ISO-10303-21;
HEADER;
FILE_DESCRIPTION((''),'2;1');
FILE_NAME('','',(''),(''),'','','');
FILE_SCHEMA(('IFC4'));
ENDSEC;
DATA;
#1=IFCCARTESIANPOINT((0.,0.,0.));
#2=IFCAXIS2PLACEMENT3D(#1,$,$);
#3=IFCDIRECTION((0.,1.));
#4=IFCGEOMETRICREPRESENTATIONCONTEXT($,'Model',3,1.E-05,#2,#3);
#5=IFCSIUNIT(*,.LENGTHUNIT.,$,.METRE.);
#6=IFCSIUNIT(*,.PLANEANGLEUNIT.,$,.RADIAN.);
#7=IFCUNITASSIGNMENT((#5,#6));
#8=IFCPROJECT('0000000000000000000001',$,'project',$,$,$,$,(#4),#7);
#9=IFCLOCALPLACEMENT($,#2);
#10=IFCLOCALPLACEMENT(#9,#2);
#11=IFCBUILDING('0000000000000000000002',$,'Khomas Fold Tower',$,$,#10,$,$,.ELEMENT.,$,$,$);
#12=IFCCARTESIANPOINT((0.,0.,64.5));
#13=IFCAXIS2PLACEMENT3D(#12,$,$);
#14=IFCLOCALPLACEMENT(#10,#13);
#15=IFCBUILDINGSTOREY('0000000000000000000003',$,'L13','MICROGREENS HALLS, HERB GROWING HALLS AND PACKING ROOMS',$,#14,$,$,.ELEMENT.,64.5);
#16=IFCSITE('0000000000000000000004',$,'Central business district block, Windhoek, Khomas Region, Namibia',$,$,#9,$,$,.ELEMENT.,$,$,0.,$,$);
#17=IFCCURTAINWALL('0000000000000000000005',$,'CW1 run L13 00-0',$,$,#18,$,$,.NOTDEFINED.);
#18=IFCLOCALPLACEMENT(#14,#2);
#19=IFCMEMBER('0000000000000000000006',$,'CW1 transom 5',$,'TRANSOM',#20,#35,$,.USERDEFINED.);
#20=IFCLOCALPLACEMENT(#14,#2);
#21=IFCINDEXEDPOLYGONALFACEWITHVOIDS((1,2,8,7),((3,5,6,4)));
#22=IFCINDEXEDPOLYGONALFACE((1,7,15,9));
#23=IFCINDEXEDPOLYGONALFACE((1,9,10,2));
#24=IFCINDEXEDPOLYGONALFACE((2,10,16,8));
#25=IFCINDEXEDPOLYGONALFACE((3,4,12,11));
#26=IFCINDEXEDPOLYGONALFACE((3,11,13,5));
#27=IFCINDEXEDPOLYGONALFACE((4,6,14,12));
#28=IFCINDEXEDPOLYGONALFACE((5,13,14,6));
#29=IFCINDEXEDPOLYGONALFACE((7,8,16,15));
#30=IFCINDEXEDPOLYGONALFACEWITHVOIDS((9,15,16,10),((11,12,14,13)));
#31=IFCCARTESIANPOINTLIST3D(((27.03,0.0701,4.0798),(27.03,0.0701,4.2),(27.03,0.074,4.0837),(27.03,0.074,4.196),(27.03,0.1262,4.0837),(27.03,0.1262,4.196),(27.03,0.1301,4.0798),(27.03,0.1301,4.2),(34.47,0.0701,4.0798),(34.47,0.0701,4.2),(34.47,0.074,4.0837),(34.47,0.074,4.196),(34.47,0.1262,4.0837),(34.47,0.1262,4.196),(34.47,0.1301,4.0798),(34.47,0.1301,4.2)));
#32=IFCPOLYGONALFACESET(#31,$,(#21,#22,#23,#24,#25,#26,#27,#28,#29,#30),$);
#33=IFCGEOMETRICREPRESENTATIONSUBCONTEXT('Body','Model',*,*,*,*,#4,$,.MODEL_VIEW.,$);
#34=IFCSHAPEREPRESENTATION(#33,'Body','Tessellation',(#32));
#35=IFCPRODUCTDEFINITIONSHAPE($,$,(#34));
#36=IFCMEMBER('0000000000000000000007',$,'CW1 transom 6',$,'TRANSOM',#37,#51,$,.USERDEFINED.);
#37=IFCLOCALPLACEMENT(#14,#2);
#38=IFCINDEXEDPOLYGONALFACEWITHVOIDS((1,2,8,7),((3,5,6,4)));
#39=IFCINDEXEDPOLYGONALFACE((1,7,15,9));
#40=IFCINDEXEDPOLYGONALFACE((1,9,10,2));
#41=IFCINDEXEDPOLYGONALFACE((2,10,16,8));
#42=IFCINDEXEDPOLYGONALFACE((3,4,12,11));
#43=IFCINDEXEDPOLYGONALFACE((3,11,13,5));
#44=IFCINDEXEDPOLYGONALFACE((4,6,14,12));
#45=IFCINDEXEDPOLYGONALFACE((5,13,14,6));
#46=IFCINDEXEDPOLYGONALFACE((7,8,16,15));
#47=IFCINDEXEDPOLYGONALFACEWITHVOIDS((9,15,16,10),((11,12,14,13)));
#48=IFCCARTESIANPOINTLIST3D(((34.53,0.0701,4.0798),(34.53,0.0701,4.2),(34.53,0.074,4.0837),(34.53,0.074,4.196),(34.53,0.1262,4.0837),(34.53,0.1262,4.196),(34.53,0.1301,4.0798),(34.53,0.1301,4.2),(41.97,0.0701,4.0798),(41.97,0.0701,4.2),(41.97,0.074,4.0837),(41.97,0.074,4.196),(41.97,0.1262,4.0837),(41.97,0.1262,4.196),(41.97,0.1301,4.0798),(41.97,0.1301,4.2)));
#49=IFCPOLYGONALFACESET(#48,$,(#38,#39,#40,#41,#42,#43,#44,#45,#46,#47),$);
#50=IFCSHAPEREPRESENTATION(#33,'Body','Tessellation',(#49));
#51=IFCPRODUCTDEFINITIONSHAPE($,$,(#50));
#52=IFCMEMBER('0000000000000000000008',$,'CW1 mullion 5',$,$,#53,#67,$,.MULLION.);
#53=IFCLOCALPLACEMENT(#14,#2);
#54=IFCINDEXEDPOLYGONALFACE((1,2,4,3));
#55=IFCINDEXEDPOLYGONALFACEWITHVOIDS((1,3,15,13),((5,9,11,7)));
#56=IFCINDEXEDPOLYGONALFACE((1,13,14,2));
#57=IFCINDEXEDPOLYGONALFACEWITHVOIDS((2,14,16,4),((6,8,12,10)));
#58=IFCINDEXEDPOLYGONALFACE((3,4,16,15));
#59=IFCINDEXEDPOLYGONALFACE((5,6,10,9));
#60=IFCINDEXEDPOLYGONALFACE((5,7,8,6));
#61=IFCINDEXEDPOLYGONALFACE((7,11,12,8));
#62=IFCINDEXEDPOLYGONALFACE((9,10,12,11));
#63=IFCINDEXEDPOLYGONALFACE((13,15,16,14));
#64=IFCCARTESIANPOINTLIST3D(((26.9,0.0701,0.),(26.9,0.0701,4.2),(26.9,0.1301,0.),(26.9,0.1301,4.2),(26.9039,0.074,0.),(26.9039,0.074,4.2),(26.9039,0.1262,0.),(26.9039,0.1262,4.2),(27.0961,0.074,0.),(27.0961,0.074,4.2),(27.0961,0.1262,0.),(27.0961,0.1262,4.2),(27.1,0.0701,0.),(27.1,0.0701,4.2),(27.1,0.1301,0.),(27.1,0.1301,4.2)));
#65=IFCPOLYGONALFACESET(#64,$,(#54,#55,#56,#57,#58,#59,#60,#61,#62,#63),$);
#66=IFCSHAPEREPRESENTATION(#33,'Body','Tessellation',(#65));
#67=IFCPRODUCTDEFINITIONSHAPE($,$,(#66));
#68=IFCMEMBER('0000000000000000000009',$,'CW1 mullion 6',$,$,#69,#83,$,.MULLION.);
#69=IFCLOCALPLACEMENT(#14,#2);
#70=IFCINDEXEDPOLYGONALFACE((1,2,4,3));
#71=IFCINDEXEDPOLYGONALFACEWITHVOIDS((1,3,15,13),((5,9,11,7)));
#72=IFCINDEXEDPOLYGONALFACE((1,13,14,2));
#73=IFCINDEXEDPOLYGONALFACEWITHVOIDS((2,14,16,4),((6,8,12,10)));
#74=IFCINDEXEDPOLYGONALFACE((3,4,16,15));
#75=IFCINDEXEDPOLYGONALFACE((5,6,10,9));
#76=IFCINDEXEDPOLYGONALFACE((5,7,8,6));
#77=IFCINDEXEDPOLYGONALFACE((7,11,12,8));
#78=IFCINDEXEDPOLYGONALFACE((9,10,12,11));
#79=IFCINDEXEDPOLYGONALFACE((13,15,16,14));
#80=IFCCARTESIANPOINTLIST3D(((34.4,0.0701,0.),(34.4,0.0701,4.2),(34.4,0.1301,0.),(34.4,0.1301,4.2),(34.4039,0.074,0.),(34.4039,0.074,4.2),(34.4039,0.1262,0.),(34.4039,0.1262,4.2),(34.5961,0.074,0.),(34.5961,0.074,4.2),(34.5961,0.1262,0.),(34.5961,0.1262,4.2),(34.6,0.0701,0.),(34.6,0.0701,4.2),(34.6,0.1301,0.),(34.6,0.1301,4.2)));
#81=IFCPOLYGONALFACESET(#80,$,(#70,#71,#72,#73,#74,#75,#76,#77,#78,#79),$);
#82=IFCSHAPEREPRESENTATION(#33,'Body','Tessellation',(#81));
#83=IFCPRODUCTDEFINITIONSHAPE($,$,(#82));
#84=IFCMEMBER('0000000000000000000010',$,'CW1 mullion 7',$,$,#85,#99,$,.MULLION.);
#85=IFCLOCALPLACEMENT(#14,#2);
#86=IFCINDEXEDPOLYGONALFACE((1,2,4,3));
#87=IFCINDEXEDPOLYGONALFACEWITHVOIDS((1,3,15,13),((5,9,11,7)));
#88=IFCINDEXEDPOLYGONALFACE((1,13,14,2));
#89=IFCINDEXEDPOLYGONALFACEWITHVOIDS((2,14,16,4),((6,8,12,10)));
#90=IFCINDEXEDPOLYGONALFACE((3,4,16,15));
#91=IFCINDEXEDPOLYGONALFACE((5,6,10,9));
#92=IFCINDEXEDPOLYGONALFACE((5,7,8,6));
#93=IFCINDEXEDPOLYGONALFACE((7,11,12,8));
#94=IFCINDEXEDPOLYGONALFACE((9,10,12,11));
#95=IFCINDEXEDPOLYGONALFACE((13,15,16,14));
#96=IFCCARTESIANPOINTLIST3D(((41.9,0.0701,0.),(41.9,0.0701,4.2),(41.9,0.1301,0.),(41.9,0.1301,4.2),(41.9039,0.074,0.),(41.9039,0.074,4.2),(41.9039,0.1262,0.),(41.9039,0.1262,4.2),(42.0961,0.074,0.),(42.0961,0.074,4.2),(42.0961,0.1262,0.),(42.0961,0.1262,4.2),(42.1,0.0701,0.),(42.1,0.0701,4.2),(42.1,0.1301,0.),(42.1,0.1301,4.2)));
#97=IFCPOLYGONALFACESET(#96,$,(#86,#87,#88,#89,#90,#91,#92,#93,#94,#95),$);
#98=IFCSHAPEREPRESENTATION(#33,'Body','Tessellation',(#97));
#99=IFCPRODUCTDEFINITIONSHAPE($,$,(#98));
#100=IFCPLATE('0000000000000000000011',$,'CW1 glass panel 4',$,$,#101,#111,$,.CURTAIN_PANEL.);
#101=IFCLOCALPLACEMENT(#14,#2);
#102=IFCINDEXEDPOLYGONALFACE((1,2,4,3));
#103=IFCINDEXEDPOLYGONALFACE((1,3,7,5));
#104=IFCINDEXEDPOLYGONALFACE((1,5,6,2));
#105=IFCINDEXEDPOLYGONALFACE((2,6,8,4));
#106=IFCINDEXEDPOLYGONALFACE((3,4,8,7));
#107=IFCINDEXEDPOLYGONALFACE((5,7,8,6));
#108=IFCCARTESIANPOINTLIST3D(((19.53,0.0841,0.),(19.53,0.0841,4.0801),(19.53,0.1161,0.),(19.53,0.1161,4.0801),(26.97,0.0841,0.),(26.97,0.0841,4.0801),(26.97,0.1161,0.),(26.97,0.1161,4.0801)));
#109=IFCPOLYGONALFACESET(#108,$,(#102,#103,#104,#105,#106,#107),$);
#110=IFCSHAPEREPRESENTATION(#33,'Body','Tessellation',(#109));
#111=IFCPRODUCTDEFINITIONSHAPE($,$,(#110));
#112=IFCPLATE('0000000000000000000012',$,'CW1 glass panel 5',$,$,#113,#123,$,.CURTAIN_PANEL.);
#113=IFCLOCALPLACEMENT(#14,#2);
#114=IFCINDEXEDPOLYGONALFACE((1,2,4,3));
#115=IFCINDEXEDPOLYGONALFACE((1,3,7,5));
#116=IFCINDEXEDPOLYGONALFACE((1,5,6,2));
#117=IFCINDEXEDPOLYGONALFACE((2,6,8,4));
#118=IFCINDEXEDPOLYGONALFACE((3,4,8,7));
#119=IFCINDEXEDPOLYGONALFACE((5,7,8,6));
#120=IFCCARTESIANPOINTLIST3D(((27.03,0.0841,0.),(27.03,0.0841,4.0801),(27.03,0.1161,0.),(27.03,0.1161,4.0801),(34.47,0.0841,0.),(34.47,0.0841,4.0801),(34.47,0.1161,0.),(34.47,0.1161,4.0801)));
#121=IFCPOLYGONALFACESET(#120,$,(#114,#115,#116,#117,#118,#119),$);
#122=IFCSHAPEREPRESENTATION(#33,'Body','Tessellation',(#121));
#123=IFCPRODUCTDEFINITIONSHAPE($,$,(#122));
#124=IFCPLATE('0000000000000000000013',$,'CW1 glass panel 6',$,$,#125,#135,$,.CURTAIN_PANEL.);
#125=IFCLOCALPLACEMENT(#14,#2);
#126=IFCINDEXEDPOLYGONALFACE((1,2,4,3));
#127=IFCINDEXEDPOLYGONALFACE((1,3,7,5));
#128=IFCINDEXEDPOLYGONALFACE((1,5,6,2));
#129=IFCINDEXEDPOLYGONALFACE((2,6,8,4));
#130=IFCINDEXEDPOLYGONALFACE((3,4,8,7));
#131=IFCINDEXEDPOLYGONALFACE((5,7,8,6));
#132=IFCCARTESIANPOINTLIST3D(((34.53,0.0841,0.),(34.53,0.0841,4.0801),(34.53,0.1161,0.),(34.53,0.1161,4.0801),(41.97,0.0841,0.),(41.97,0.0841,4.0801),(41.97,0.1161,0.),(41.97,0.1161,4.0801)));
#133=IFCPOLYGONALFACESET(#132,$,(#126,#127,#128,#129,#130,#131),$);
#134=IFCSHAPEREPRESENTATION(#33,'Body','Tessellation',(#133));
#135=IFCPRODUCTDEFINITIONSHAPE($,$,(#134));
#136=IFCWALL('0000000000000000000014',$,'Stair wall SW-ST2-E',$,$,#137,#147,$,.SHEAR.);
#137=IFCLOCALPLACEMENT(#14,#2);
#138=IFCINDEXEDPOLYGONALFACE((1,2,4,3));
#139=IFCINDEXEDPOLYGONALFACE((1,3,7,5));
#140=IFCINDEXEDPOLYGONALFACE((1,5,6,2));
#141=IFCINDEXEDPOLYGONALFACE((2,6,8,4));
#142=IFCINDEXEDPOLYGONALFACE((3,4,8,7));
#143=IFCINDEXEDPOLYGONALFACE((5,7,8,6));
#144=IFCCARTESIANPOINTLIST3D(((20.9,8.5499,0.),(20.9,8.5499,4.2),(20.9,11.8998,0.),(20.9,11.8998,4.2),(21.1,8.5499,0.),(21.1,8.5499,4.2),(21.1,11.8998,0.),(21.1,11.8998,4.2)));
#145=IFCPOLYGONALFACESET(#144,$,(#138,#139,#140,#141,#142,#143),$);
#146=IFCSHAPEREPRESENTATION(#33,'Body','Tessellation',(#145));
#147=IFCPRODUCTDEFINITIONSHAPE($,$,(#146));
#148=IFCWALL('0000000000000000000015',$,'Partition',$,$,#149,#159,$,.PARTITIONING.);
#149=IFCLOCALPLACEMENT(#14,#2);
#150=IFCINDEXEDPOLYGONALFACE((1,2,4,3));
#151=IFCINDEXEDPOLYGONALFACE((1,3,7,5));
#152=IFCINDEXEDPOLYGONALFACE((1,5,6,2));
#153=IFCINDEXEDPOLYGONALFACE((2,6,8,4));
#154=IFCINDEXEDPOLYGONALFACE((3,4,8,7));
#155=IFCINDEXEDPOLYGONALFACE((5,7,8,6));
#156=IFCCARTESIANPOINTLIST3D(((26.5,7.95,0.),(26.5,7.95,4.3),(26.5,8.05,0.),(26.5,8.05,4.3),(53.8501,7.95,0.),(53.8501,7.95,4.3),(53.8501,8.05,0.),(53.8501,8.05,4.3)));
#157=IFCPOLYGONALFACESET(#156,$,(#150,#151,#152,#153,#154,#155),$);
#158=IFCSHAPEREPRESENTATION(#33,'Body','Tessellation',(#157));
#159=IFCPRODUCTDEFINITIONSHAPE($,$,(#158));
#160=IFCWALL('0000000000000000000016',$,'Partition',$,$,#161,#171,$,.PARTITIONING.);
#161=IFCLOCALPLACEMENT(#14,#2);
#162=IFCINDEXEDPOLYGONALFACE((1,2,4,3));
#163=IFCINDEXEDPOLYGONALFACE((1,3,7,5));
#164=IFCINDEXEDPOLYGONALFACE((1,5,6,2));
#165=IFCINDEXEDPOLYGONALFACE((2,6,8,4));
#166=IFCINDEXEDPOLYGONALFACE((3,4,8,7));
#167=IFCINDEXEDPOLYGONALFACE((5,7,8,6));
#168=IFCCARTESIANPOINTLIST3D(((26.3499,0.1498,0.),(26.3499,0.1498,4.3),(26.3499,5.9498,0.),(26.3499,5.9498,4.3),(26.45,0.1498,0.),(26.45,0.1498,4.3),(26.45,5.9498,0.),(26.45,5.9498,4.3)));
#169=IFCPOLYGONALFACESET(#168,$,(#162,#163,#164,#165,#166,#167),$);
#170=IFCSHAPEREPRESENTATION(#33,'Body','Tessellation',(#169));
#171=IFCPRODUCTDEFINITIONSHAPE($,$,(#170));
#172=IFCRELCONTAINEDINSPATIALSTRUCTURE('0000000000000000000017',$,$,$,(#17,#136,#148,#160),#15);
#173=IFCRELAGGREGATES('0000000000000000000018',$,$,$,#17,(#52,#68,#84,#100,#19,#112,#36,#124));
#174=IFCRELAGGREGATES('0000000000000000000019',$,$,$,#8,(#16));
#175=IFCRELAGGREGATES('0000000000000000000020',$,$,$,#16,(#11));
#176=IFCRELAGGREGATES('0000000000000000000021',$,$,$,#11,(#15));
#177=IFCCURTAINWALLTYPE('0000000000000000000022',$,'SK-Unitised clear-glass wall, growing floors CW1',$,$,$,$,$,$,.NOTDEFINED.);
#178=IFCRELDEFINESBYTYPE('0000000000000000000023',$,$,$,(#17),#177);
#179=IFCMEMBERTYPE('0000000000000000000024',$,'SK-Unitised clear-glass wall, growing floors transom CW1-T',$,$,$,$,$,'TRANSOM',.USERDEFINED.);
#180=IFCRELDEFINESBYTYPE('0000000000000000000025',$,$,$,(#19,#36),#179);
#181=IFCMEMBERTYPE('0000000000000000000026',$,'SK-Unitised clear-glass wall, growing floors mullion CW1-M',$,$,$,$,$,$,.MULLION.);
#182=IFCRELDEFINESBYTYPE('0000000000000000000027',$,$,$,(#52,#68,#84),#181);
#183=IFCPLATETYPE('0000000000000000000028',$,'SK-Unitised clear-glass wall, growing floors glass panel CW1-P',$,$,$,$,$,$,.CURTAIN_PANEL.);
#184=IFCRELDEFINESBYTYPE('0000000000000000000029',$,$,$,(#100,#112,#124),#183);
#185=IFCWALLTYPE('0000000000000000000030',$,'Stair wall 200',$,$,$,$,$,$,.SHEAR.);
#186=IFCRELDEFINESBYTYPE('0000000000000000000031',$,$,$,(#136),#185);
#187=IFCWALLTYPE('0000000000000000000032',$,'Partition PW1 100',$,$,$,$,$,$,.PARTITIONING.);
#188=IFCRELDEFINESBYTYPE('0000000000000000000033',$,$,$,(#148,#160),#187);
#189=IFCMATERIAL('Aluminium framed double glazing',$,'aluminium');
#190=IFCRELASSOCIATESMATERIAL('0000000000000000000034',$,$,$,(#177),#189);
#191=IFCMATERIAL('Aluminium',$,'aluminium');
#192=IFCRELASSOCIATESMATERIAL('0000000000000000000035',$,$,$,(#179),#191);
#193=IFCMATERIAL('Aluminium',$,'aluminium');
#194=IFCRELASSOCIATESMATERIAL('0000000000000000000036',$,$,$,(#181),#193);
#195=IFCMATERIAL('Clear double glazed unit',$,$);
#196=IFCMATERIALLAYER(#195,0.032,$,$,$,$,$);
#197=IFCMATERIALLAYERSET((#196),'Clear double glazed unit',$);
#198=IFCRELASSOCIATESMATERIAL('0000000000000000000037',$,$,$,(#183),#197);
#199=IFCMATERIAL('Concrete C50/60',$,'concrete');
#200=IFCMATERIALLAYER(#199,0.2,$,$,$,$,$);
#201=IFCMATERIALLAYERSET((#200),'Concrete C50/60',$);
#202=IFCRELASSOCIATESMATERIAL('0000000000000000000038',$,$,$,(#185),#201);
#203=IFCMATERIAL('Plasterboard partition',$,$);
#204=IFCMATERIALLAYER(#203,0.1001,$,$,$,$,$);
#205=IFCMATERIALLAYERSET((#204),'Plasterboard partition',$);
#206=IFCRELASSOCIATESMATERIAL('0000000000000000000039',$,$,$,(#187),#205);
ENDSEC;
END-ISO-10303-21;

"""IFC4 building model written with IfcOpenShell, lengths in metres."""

from ifc_helpers import new_model, si_unit, direction, frame, frame_2d, origin, origin_2d, place, context, subcontext, project, spatial, rectangle, hollow_rectangle, extrude, source, transform, mapped, material, layer, layer_set, material_profile, profile_set, type_object, element, aggregate, save


model = new_model("IFC4")

# Units and contexts
model_context = context("Model", 3, precision=1e-05, world=origin(), true_north=direction((0.0, 1.0)))
body_context = subcontext(model_context, "Body", "Model", "MODEL_VIEW")
ifc_project = project(units=[si_unit("LENGTHUNIT", "METRE"), si_unit("PLANEANGLEUNIT", "RADIAN")], contexts=[model_context])

# Site, building, storey
site_placement = place(None, origin())
site = spatial("IfcSite", under=ifc_project, at=site_placement, Name="Central business district block, Windhoek, Khomas Region, Namibia", CompositionType="ELEMENT", RefElevation=0.0)
building_placement = place(site_placement, origin())
building = spatial("IfcBuilding", under=site, at=building_placement, Name="Khomas Fold Tower", CompositionType="ELEMENT")
storey_placement = place(building_placement, frame((0.0, 0.0, 64.5)))
storey = spatial("IfcBuildingStorey", under=building, at=storey_placement, Name="L13", Description="MICROGREENS HALLS, HERB GROWING HALLS AND PACKING ROOMS", CompositionType="ELEMENT", Elevation=64.5)

# Curtain wall, members, plates
ifc_material_1 = material(Name="Aluminium framed double glazing", Category="aluminium")
curtain_wall_type = type_object("IfcCurtainWallType", Name="SK-Unitised clear-glass wall, growing floors CW1", PredefinedType="NOTDEFINED", material=ifc_material_1)
curtain_wall_placement = place(storey_placement, origin())
curtain_wall = element("IfcCurtainWall", 1, at=curtain_wall_placement, inside=storey, type_object=curtain_wall_type, Name="CW1 run L13 00-0", PredefinedType="NOTDEFINED")
ifc_material_2 = material(Name="Aluminium", Category="aluminium")
ifc_material_profile_1 = material_profile(ifc_material_2, hollow_rectangle(XDim=0.0601, YDim=0.1201, WallThickness=0.0039, at=origin_2d()), Name="SK-Unitised clear-glass wall, growing floors transom CW1-T")
ifc_profile_set_1 = profile_set([ifc_material_profile_1], Name="Aluminium")
member_type_1 = type_object("IfcMemberType", Name="SK-Unitised clear-glass wall, growing floors transom CW1-T", ElementType="TRANSOM", PredefinedType="USERDEFINED", material=ifc_profile_set_1)
shared_shape_1 = source(origin(), body_context, "Body", "SweptSolid", [
    extrude(hollow_rectangle(XDim=0.0601, YDim=0.1201, WallThickness=0.0039, at=origin_2d()), origin(), (0.0, 0.0, 1.0), 7.4399),
])
member_1_placement = place(storey_placement, frame((27.03, 0.1001, 4.1399), z_axis=(1.0, 0.0, 0.0), x_axis=(0.0, 1.0, 0.0)))
member_1 = element("IfcMember", 2, at=member_1_placement, type_object=member_type_1, Name="CW1 transom 5", ObjectType="TRANSOM", PredefinedType="USERDEFINED", context=body_context, shape_type="MappedRepresentation", body=[
    mapped(shared_shape_1, transform((0.0, 0.0, 0.0))),
])
member_2_placement = place(storey_placement, frame((34.53, 0.1001, 4.1399), z_axis=(1.0, 0.0, 0.0), x_axis=(0.0, 1.0, 0.0)))
member_2 = element("IfcMember", 3, at=member_2_placement, type_object=member_type_1, Name="CW1 transom 6", ObjectType="TRANSOM", PredefinedType="USERDEFINED", context=body_context, shape_type="MappedRepresentation", body=[
    mapped(shared_shape_1, transform((0.0, 0.0, 0.0))),
])
ifc_material_3 = material(Name="Aluminium", Category="aluminium")
ifc_material_profile_2 = material_profile(ifc_material_3, hollow_rectangle(XDim=0.0601, YDim=0.2, WallThickness=0.0039, at=origin_2d()), Name="SK-Unitised clear-glass wall, growing floors mullion CW1-M")
ifc_profile_set_2 = profile_set([ifc_material_profile_2], Name="Aluminium")
member_type_2 = type_object("IfcMemberType", Name="SK-Unitised clear-glass wall, growing floors mullion CW1-M", PredefinedType="MULLION", material=ifc_profile_set_2)
shared_shape_2 = source(origin(), body_context, "Body", "SweptSolid", [
    extrude(hollow_rectangle(XDim=0.0601, YDim=0.2, WallThickness=0.0039, at=origin_2d()), origin(), (0.0, 0.0, 1.0), 4.2),
])
member_3_placement = place(storey_placement, frame((27.0, 0.1001, 0.0), z_axis=(0.0, 0.0, 1.0), x_axis=(0.0, 1.0, 0.0)))
member_3 = element("IfcMember", 4, at=member_3_placement, type_object=member_type_2, Name="CW1 mullion 5", PredefinedType="MULLION", context=body_context, shape_type="MappedRepresentation", body=[
    mapped(shared_shape_2, transform((0.0, 0.0, 0.0))),
])
member_4_placement = place(storey_placement, frame((34.5, 0.1001, 0.0), z_axis=(0.0, 0.0, 1.0), x_axis=(0.0, 1.0, 0.0)))
member_4 = element("IfcMember", 5, at=member_4_placement, type_object=member_type_2, Name="CW1 mullion 6", PredefinedType="MULLION", context=body_context, shape_type="MappedRepresentation", body=[
    mapped(shared_shape_2, transform((0.0, 0.0, 0.0))),
])
member_5_placement = place(storey_placement, frame((42.0, 0.1001, 0.0), z_axis=(0.0, 0.0, 1.0), x_axis=(0.0, 1.0, 0.0)))
member_5 = element("IfcMember", 6, at=member_5_placement, type_object=member_type_2, Name="CW1 mullion 7", PredefinedType="MULLION", context=body_context, shape_type="MappedRepresentation", body=[
    mapped(shared_shape_2, transform((0.0, 0.0, 0.0))),
])
ifc_material_4 = material(Name="Clear double glazed unit")
ifc_layer_1 = layer(ifc_material_4, 0.032)
ifc_layer_set_1 = layer_set([ifc_layer_1], Name="Clear double glazed unit")
plate_type = type_object("IfcPlateType", Name="SK-Unitised clear-glass wall, growing floors glass panel CW1-P", PredefinedType="CURTAIN_PANEL", material=ifc_layer_set_1)
shared_shape_3 = source(origin(), body_context, "Body", "SweptSolid", [
    extrude(rectangle(XDim=7.4399, YDim=0.032, at=origin_2d()), origin(), (0.0, 0.0, 1.0), 4.0801),
])
plate_1_placement = place(storey_placement, frame((23.25, 0.1001, 0.0), z_axis=(0.0, 0.0, 1.0), x_axis=(1.0, 0.0, 0.0)))
plate_1 = element("IfcPlate", 7, at=plate_1_placement, type_object=plate_type, Name="CW1 glass panel 4", PredefinedType="CURTAIN_PANEL", context=body_context, shape_type="MappedRepresentation", body=[
    mapped(shared_shape_3, transform((0.0, 0.0, 0.0))),
])
plate_2_placement = place(storey_placement, frame((30.75, 0.1001, 0.0), z_axis=(0.0, 0.0, 1.0), x_axis=(1.0, 0.0, 0.0)))
plate_2 = element("IfcPlate", 8, at=plate_2_placement, type_object=plate_type, Name="CW1 glass panel 5", PredefinedType="CURTAIN_PANEL", context=body_context, shape_type="MappedRepresentation", body=[
    mapped(shared_shape_3, transform((0.0, 0.0, 0.0))),
])
plate_3_placement = place(storey_placement, frame((38.25, 0.1001, 0.0), z_axis=(0.0, 0.0, 1.0), x_axis=(1.0, 0.0, 0.0)))
plate_3 = element("IfcPlate", 9, at=plate_3_placement, type_object=plate_type, Name="CW1 glass panel 6", PredefinedType="CURTAIN_PANEL", context=body_context, shape_type="MappedRepresentation", body=[
    mapped(shared_shape_3, transform((0.0, 0.0, 0.0))),
])
aggregate(curtain_wall, [member_3, member_4, member_5, plate_1, member_1, plate_2, member_2, plate_3])

# Walls
ifc_material_5 = material(Name="Concrete C50/60", Category="concrete")
ifc_layer_2 = layer(ifc_material_5, 0.2)
ifc_layer_set_2 = layer_set([ifc_layer_2], Name="Concrete C50/60")
wall_type_1 = type_object("IfcWallType", Name="Stair wall 200", PredefinedType="SHEAR", material=ifc_layer_set_2)
shared_shape_4 = source(origin(), body_context, "Body", "SweptSolid", [
    extrude(rectangle(XDim=3.3499, YDim=0.2, at=frame_2d((1.6748, 0.0))), origin(), (0.0, 0.0, 1.0), 4.2),
])
wall_1_placement = place(storey_placement, frame((21.0, 8.55, 0.0), z_axis=(0.0, 0.0, 1.0), x_axis=(0.0, 1.0, 0.0)))
element("IfcWall", 10, at=wall_1_placement, inside=storey, type_object=wall_type_1, Name="Stair wall SW-ST2-E", PredefinedType="SHEAR", context=body_context, shape_type="MappedRepresentation", body=[
    mapped(shared_shape_4, transform((0.0, 0.0, 0.0))),
])
ifc_material_6 = material(Name="Plasterboard partition")
ifc_layer_3 = layer(ifc_material_6, 0.1001)
ifc_layer_set_3 = layer_set([ifc_layer_3], Name="Plasterboard partition")
wall_type_2 = type_object("IfcWallType", Name="Partition PW1 100", PredefinedType="PARTITIONING", material=ifc_layer_set_3)
shared_shape_5 = source(origin(), body_context, "Body", "SweptSolid", [
    extrude(rectangle(XDim=27.3501, YDim=0.1001, at=frame_2d((13.675, 0.0))), origin(), (0.0, 0.0, 1.0), 4.3),
])
wall_2_placement = place(storey_placement, frame((26.5, 8.0, 0.0), z_axis=(0.0, 0.0, 1.0), x_axis=(1.0, 0.0, 0.0)))
element("IfcWall", 11, at=wall_2_placement, inside=storey, type_object=wall_type_2, Name="Partition", PredefinedType="PARTITIONING", context=body_context, shape_type="MappedRepresentation", body=[
    mapped(shared_shape_5, transform((0.0, 0.0, 0.0))),
])
shared_shape_6 = source(origin(), body_context, "Body", "SweptSolid", [
    extrude(rectangle(XDim=5.8, YDim=0.1001, at=frame_2d((2.8999, 0.0))), origin(), (0.0, 0.0, 1.0), 4.3),
])
wall_3_placement = place(storey_placement, frame((26.3999, 0.1499, 0.0), z_axis=(0.0, 0.0, 1.0), x_axis=(0.0, 1.0, 0.0)))
element("IfcWall", 12, at=wall_3_placement, inside=storey, type_object=wall_type_2, Name="Partition", PredefinedType="PARTITIONING", context=body_context, shape_type="MappedRepresentation", body=[
    mapped(shared_shape_6, transform((0.0, 0.0, 0.0))),
])

save(model, "model.ifc")
